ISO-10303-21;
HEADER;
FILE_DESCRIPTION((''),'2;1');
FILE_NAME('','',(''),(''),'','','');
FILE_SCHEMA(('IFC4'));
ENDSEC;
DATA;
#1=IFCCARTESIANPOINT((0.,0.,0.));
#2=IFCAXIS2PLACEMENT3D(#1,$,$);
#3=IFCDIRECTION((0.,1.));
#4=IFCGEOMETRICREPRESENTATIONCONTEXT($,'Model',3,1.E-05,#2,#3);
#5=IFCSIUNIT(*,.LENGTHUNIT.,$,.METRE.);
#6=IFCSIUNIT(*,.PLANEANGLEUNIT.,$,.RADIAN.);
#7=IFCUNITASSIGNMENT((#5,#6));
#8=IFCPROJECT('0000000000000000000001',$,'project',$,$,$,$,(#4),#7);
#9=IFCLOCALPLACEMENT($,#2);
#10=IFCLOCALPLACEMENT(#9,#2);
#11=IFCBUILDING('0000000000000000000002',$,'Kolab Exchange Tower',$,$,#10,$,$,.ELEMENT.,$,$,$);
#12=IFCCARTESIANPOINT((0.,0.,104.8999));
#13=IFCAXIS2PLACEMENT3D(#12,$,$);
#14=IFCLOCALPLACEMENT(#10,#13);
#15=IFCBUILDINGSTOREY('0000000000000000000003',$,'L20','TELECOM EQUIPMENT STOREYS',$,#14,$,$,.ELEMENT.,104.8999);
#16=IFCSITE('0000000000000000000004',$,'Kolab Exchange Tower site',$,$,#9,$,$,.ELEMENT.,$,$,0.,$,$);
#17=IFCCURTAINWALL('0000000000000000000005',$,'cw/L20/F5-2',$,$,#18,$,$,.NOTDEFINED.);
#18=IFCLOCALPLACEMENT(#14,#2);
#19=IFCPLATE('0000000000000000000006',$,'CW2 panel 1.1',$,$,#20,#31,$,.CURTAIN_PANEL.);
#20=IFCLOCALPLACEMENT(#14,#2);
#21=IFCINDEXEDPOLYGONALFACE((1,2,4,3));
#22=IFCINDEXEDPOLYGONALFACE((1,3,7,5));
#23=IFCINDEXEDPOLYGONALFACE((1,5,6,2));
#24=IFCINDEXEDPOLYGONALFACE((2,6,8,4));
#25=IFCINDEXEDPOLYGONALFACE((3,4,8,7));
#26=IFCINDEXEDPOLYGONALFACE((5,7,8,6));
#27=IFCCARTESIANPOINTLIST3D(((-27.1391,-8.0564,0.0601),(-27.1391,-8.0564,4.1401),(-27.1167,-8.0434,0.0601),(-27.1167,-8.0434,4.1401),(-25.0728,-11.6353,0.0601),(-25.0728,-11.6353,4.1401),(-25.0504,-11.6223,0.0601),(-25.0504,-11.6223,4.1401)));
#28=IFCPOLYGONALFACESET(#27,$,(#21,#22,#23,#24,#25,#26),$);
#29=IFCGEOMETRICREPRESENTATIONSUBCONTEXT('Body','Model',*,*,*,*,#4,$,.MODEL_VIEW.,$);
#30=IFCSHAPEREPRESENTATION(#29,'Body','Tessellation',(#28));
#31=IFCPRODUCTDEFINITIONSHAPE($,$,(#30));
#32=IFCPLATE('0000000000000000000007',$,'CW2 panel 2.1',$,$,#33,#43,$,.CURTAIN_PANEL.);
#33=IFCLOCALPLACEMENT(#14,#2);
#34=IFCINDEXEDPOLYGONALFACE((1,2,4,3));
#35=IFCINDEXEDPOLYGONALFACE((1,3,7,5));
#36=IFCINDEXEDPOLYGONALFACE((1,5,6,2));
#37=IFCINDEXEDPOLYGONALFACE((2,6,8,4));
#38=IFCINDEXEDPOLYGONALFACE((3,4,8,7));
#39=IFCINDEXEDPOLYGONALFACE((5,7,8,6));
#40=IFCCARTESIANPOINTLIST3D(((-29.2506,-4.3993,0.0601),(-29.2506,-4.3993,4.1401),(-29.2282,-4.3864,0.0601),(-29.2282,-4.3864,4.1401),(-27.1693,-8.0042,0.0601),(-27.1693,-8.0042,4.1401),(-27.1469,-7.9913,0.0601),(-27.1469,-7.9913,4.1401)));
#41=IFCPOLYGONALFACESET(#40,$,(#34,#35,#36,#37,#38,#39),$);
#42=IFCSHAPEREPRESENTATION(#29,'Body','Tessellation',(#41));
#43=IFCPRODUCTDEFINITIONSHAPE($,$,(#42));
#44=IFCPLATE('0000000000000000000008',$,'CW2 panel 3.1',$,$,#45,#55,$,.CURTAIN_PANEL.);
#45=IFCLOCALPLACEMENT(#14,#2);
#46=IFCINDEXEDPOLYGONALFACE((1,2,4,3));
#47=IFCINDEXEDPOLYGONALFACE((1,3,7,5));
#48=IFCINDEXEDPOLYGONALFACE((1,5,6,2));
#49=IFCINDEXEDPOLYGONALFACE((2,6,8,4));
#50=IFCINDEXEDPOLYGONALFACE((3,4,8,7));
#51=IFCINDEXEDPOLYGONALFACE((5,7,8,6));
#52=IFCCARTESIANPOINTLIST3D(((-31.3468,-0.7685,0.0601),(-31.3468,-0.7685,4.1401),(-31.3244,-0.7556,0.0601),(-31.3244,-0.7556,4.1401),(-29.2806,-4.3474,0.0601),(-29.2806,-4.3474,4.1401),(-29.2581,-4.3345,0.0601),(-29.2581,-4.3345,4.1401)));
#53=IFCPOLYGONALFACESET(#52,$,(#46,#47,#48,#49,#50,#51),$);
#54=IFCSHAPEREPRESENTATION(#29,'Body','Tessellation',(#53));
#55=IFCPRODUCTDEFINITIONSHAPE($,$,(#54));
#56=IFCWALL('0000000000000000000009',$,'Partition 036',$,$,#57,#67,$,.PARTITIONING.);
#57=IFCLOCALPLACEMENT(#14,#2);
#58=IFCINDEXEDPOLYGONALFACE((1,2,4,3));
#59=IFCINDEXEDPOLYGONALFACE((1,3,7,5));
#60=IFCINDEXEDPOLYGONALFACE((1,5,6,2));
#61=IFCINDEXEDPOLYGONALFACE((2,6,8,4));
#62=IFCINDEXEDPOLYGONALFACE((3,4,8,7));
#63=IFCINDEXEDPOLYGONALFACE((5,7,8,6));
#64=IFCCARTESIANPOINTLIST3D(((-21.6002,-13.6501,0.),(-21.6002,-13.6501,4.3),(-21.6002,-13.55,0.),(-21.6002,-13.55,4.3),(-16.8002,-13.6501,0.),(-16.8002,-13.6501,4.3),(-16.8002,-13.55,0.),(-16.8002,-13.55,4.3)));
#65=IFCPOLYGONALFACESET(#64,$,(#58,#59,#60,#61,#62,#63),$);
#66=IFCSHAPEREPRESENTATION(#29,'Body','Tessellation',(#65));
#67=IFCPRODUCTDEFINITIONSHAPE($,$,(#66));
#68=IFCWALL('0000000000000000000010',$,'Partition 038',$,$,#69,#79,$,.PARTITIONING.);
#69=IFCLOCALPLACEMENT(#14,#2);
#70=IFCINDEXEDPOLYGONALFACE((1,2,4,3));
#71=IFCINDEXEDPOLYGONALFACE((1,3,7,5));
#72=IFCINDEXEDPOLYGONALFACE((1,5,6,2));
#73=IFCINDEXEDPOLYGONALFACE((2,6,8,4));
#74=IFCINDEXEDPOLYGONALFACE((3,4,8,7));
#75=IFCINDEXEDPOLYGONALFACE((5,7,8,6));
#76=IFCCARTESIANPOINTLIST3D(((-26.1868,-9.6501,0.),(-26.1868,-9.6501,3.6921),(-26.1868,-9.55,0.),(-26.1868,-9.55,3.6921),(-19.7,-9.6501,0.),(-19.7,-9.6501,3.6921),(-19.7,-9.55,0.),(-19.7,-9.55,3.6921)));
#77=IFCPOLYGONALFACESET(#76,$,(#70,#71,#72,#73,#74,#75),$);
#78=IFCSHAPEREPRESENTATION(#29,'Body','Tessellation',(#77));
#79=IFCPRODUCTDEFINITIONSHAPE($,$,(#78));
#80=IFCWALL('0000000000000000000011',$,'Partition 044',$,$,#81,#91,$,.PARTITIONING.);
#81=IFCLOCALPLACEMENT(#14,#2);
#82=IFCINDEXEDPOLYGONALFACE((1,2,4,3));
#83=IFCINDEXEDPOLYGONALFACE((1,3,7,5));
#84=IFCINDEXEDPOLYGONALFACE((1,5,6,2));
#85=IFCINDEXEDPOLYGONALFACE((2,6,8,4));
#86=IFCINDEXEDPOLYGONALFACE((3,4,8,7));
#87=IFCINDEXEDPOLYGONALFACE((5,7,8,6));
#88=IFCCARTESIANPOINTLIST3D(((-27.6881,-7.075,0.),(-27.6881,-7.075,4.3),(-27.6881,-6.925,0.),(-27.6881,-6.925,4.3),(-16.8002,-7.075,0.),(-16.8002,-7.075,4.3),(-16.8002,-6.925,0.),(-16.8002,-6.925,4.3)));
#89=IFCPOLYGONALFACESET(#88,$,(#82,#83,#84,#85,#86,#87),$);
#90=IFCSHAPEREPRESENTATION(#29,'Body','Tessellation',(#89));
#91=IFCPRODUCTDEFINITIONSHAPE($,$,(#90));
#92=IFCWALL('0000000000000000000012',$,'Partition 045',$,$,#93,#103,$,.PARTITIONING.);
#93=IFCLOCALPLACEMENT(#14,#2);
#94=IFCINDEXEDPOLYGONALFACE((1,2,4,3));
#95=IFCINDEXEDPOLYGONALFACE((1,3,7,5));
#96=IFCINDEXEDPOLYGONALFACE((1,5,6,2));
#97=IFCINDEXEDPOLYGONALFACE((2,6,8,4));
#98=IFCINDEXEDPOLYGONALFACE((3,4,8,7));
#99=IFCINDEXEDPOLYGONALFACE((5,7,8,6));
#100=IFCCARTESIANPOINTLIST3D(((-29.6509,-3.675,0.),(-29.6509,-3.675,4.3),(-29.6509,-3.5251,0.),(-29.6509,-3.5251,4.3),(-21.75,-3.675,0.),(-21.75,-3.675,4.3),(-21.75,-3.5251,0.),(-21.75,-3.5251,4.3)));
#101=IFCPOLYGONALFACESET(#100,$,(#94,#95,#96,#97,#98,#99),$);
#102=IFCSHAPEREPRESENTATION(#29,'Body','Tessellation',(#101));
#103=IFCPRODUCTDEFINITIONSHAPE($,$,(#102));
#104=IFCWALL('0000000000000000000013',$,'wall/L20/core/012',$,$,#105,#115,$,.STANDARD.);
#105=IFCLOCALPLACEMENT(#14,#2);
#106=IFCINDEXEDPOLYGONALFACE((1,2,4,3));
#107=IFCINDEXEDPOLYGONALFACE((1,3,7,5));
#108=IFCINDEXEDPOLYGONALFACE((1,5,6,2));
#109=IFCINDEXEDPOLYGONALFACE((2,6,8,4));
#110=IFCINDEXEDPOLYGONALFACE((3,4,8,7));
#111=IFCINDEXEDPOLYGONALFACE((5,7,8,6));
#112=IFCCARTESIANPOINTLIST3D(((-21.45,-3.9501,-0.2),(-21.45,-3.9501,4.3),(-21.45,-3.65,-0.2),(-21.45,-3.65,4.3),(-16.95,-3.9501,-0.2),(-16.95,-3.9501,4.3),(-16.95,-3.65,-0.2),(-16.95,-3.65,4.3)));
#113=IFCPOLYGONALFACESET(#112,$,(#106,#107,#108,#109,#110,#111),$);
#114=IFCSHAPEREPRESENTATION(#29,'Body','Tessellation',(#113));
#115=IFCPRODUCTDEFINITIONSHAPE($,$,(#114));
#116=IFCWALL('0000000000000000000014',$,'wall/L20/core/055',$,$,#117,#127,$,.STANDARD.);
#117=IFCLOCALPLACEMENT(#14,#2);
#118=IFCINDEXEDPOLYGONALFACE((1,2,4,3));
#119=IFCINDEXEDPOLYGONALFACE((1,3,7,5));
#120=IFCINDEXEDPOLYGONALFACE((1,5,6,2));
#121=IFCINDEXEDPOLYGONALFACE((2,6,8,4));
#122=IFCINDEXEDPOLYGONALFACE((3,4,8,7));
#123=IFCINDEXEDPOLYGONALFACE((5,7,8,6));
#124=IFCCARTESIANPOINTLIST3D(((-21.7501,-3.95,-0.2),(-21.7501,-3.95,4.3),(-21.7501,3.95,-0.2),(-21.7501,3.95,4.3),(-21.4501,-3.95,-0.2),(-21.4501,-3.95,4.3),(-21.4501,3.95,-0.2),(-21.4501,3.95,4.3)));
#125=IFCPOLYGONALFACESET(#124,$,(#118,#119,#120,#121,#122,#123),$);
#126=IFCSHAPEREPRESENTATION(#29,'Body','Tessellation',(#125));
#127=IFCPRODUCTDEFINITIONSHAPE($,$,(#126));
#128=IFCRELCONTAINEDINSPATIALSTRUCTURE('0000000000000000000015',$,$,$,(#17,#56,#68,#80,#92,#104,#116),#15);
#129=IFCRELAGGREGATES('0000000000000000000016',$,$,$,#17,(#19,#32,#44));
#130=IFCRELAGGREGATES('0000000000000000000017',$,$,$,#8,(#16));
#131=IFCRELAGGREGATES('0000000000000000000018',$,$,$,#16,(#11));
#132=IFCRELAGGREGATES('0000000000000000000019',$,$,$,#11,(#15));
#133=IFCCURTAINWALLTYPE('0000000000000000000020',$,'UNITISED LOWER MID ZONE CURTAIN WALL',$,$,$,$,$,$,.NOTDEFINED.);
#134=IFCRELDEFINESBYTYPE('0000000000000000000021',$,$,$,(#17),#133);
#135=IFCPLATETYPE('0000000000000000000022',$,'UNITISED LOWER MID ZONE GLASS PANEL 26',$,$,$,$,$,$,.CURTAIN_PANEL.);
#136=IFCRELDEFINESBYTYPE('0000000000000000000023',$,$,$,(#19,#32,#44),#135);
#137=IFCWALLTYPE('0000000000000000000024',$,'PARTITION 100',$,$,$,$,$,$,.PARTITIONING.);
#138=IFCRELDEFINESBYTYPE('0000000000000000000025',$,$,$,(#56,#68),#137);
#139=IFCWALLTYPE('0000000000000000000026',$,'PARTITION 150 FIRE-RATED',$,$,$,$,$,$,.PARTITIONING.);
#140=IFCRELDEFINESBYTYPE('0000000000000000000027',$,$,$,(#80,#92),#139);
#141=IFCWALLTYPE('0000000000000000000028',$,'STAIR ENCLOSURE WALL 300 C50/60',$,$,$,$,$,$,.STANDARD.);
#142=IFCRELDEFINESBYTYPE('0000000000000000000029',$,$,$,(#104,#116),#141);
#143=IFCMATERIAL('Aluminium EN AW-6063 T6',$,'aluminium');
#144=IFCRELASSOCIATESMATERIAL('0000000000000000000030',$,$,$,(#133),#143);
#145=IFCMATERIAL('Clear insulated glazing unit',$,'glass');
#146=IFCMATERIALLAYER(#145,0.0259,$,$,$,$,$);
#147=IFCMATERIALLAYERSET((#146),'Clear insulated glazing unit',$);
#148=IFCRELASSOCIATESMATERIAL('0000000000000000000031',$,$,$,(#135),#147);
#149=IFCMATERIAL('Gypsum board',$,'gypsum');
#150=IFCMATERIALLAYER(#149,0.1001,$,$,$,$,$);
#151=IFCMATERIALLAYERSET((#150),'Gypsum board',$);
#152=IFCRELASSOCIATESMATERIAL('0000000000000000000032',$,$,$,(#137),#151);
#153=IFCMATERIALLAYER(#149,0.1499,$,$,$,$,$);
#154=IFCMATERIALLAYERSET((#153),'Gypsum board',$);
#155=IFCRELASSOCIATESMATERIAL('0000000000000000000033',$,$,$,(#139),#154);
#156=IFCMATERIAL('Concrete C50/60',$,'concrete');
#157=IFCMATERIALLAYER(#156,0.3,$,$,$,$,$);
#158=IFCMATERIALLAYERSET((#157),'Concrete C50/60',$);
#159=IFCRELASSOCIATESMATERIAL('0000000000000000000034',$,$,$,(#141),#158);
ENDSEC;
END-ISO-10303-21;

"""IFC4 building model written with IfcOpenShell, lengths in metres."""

from ifc_helpers import new_model, si_unit, direction, frame, frame_2d, origin, origin_2d, place, context, subcontext, project, spatial, rectangle, extrude, material, layer, layer_set, type_object, element, aggregate, save


model = new_model("IFC4")

# Units and contexts
model_context = context("Model", 3, precision=1e-05, world=origin(), true_north=direction((0.0, 1.0)))
body_context = subcontext(model_context, "Body", "Model", "MODEL_VIEW")
ifc_project = project(units=[si_unit("LENGTHUNIT", "METRE"), si_unit("PLANEANGLEUNIT", "RADIAN")], contexts=[model_context])

# Site, building, storey
site_placement = place(None, origin())
site = spatial("IfcSite", under=ifc_project, at=site_placement, Name="Kolab Exchange Tower site", CompositionType="ELEMENT", RefElevation=0.0)
building_placement = place(site_placement, origin())
building = spatial("IfcBuilding", under=site, at=building_placement, Name="Kolab Exchange Tower", CompositionType="ELEMENT")
storey_placement = place(building_placement, frame((0.0, 0.0, 104.8999)))
storey = spatial("IfcBuildingStorey", under=building, at=storey_placement, Name="L20", Description="TELECOM EQUIPMENT STOREYS", CompositionType="ELEMENT", Elevation=104.8999)

# Shared definitions
ifc_material_1 = material(Name="Aluminium EN AW-6063 T6", Category="aluminium")
curtain_wall_type = type_object("IfcCurtainWallType", Name="UNITISED LOWER MID ZONE CURTAIN WALL", PredefinedType="NOTDEFINED", material=ifc_material_1)

# Curtain wall
curtain_wall_1_placement = place(storey_placement, origin())
curtain_wall_1 = element("IfcCurtainWall", 1, at=curtain_wall_1_placement, inside=storey, type_object=curtain_wall_type, Name="cw/L20/F5-2", PredefinedType="NOTDEFINED")

# Plates
ifc_material_2 = material(Name="Clear insulated glazing unit", Category="glass")
ifc_layer_1 = layer(ifc_material_2, 0.0259)
ifc_layer_set_1 = layer_set([ifc_layer_1], Name="Clear insulated glazing unit")
plate_type = type_object("IfcPlateType", Name="UNITISED LOWER MID ZONE GLASS PANEL 26", PredefinedType="CURTAIN_PANEL", material=ifc_layer_set_1)
plate_1_placement = place(storey_placement, frame((-26.0947, -9.8394, 0.0601), z_axis=(0.0, 0.0, 1.0), x_axis=(-0.5, 0.866025, 0.0)))
plate_1 = element("IfcPlate", 2, at=plate_1_placement, type_object=plate_type, Name="CW2 panel 1.1", PredefinedType="CURTAIN_PANEL", context=body_context, shape_type="SweptSolid", body=[
    extrude(rectangle(XDim=4.1326, YDim=0.0259, at=origin_2d()), origin(), (0.0, 0.0, 1.0), 4.0801),
])
plate_2_placement = place(storey_placement, frame((-28.1987, -6.1953, 0.0601), z_axis=(0.0, 0.0, 1.0), x_axis=(-0.5, 0.866025, 0.0)))
plate_2 = element("IfcPlate", 3, at=plate_2_placement, type_object=plate_type, Name="CW2 panel 2.1", PredefinedType="CURTAIN_PANEL", context=body_context, shape_type="SweptSolid", body=[
    extrude(rectangle(XDim=4.1626, YDim=0.0259, at=origin_2d()), origin(), (0.0, 0.0, 1.0), 4.0801),
])
plate_3_placement = place(storey_placement, frame((-30.3025, -2.5515, 0.0601), z_axis=(0.0, 0.0, 1.0), x_axis=(-0.5, 0.866025, 0.0)))
plate_3 = element("IfcPlate", 4, at=plate_3_placement, type_object=plate_type, Name="CW2 panel 3.1", PredefinedType="CURTAIN_PANEL", context=body_context, shape_type="SweptSolid", body=[
    extrude(rectangle(XDim=4.1326, YDim=0.0259, at=origin_2d()), origin(), (0.0, 0.0, 1.0), 4.0801),
])
aggregate(curtain_wall_1, [plate_1, plate_2, plate_3])

# Walls
ifc_material_3 = material(Name="Gypsum board", Category="gypsum")
ifc_layer_2 = layer(ifc_material_3, 0.1001)
ifc_layer_set_2 = layer_set([ifc_layer_2], Name="Gypsum board")
wall_type_1 = type_object("IfcWallType", Name="PARTITION 100", PredefinedType="PARTITIONING", material=ifc_layer_set_2)
wall_1_placement = place(storey_placement, frame((-21.6001, -13.6001, 0.0), z_axis=(0.0, 0.0, 1.0), x_axis=(1.0, 0.0, 0.0)))
element("IfcWall", 5, at=wall_1_placement, inside=storey, type_object=wall_type_1, Name="Partition 036", PredefinedType="PARTITIONING", context=body_context, shape_type="SweptSolid", body=[
    extrude(rectangle(XDim=4.8, YDim=0.1001, at=frame_2d((2.3999, 0.0))), origin(), (0.0, 0.0, 1.0), 4.3),
])
wall_2_placement = place(storey_placement, frame((-26.1868, -9.6001, 0.0), z_axis=(0.0, 0.0, 1.0), x_axis=(1.0, 0.0, 0.0)))
element("IfcWall", 6, at=wall_2_placement, inside=storey, type_object=wall_type_1, Name="Partition 038", PredefinedType="PARTITIONING", context=body_context, shape_type="SweptSolid", body=[
    extrude(rectangle(XDim=6.4868, YDim=0.1001, at=frame_2d((3.2434, 0.0))), origin(), (0.0, 0.0, 1.0), 3.6921),
])
ifc_layer_3 = layer(ifc_material_3, 0.1499)
ifc_layer_set_3 = layer_set([ifc_layer_3], Name="Gypsum board")
wall_type_2 = type_object("IfcWallType", Name="PARTITION 150 FIRE-RATED", PredefinedType="PARTITIONING", material=ifc_layer_set_3)
wall_3_placement = place(storey_placement, frame((-27.688, -7.0, 0.0), z_axis=(0.0, 0.0, 1.0), x_axis=(1.0, 0.0, 0.0)))
element("IfcWall", 7, at=wall_3_placement, inside=storey, type_object=wall_type_2, Name="Partition 044", PredefinedType="PARTITIONING", context=body_context, shape_type="SweptSolid", body=[
    extrude(rectangle(XDim=10.8879, YDim=0.1499, at=frame_2d((5.4438, 0.0))), origin(), (0.0, 0.0, 1.0), 4.3),
])
wall_4_placement = place(storey_placement, frame((-29.6509, -3.6001, 0.0), z_axis=(0.0, 0.0, 1.0), x_axis=(1.0, 0.0, 0.0)))
element("IfcWall", 8, at=wall_4_placement, inside=storey, type_object=wall_type_2, Name="Partition 045", PredefinedType="PARTITIONING", context=body_context, shape_type="SweptSolid", body=[
    extrude(rectangle(XDim=7.9009, YDim=0.1499, at=frame_2d((3.9504, 0.0))), origin(), (0.0, 0.0, 1.0), 4.3),
])
ifc_material_4 = material(Name="Concrete C50/60", Category="concrete")
ifc_layer_4 = layer(ifc_material_4, 0.3)
ifc_layer_set_4 = layer_set([ifc_layer_4], Name="Concrete C50/60")
wall_type_3 = type_object("IfcWallType", Name="STAIR ENCLOSURE WALL 300 C50/60", PredefinedType="STANDARD", material=ifc_layer_set_4)
wall_5_placement = place(storey_placement, frame((-21.45, -3.8, -0.2), z_axis=(0.0, 0.0, 1.0), x_axis=(1.0, 0.0, 0.0)))
element("IfcWall", 9, at=wall_5_placement, inside=storey, type_object=wall_type_3, Name="wall/L20/core/012", PredefinedType="STANDARD", context=body_context, shape_type="SweptSolid", body=[
    extrude(rectangle(XDim=4.5, YDim=0.3, at=frame_2d((2.25, 0.0))), origin(), (0.0, 0.0, 1.0), 4.5),
])
wall_6_placement = place(storey_placement, frame((-21.6001, -3.95, -0.2), z_axis=(0.0, 0.0, 1.0), x_axis=(0.0, 1.0, 0.0)))
element("IfcWall", 10, at=wall_6_placement, inside=storey, type_object=wall_type_3, Name="wall/L20/core/055", PredefinedType="STANDARD", context=body_context, shape_type="SweptSolid", body=[
    extrude(rectangle(XDim=7.8999, YDim=0.3, at=frame_2d((3.95, 0.0))), origin(), (0.0, 0.0, 1.0), 4.5),
])

save(model, "model.ifc")
